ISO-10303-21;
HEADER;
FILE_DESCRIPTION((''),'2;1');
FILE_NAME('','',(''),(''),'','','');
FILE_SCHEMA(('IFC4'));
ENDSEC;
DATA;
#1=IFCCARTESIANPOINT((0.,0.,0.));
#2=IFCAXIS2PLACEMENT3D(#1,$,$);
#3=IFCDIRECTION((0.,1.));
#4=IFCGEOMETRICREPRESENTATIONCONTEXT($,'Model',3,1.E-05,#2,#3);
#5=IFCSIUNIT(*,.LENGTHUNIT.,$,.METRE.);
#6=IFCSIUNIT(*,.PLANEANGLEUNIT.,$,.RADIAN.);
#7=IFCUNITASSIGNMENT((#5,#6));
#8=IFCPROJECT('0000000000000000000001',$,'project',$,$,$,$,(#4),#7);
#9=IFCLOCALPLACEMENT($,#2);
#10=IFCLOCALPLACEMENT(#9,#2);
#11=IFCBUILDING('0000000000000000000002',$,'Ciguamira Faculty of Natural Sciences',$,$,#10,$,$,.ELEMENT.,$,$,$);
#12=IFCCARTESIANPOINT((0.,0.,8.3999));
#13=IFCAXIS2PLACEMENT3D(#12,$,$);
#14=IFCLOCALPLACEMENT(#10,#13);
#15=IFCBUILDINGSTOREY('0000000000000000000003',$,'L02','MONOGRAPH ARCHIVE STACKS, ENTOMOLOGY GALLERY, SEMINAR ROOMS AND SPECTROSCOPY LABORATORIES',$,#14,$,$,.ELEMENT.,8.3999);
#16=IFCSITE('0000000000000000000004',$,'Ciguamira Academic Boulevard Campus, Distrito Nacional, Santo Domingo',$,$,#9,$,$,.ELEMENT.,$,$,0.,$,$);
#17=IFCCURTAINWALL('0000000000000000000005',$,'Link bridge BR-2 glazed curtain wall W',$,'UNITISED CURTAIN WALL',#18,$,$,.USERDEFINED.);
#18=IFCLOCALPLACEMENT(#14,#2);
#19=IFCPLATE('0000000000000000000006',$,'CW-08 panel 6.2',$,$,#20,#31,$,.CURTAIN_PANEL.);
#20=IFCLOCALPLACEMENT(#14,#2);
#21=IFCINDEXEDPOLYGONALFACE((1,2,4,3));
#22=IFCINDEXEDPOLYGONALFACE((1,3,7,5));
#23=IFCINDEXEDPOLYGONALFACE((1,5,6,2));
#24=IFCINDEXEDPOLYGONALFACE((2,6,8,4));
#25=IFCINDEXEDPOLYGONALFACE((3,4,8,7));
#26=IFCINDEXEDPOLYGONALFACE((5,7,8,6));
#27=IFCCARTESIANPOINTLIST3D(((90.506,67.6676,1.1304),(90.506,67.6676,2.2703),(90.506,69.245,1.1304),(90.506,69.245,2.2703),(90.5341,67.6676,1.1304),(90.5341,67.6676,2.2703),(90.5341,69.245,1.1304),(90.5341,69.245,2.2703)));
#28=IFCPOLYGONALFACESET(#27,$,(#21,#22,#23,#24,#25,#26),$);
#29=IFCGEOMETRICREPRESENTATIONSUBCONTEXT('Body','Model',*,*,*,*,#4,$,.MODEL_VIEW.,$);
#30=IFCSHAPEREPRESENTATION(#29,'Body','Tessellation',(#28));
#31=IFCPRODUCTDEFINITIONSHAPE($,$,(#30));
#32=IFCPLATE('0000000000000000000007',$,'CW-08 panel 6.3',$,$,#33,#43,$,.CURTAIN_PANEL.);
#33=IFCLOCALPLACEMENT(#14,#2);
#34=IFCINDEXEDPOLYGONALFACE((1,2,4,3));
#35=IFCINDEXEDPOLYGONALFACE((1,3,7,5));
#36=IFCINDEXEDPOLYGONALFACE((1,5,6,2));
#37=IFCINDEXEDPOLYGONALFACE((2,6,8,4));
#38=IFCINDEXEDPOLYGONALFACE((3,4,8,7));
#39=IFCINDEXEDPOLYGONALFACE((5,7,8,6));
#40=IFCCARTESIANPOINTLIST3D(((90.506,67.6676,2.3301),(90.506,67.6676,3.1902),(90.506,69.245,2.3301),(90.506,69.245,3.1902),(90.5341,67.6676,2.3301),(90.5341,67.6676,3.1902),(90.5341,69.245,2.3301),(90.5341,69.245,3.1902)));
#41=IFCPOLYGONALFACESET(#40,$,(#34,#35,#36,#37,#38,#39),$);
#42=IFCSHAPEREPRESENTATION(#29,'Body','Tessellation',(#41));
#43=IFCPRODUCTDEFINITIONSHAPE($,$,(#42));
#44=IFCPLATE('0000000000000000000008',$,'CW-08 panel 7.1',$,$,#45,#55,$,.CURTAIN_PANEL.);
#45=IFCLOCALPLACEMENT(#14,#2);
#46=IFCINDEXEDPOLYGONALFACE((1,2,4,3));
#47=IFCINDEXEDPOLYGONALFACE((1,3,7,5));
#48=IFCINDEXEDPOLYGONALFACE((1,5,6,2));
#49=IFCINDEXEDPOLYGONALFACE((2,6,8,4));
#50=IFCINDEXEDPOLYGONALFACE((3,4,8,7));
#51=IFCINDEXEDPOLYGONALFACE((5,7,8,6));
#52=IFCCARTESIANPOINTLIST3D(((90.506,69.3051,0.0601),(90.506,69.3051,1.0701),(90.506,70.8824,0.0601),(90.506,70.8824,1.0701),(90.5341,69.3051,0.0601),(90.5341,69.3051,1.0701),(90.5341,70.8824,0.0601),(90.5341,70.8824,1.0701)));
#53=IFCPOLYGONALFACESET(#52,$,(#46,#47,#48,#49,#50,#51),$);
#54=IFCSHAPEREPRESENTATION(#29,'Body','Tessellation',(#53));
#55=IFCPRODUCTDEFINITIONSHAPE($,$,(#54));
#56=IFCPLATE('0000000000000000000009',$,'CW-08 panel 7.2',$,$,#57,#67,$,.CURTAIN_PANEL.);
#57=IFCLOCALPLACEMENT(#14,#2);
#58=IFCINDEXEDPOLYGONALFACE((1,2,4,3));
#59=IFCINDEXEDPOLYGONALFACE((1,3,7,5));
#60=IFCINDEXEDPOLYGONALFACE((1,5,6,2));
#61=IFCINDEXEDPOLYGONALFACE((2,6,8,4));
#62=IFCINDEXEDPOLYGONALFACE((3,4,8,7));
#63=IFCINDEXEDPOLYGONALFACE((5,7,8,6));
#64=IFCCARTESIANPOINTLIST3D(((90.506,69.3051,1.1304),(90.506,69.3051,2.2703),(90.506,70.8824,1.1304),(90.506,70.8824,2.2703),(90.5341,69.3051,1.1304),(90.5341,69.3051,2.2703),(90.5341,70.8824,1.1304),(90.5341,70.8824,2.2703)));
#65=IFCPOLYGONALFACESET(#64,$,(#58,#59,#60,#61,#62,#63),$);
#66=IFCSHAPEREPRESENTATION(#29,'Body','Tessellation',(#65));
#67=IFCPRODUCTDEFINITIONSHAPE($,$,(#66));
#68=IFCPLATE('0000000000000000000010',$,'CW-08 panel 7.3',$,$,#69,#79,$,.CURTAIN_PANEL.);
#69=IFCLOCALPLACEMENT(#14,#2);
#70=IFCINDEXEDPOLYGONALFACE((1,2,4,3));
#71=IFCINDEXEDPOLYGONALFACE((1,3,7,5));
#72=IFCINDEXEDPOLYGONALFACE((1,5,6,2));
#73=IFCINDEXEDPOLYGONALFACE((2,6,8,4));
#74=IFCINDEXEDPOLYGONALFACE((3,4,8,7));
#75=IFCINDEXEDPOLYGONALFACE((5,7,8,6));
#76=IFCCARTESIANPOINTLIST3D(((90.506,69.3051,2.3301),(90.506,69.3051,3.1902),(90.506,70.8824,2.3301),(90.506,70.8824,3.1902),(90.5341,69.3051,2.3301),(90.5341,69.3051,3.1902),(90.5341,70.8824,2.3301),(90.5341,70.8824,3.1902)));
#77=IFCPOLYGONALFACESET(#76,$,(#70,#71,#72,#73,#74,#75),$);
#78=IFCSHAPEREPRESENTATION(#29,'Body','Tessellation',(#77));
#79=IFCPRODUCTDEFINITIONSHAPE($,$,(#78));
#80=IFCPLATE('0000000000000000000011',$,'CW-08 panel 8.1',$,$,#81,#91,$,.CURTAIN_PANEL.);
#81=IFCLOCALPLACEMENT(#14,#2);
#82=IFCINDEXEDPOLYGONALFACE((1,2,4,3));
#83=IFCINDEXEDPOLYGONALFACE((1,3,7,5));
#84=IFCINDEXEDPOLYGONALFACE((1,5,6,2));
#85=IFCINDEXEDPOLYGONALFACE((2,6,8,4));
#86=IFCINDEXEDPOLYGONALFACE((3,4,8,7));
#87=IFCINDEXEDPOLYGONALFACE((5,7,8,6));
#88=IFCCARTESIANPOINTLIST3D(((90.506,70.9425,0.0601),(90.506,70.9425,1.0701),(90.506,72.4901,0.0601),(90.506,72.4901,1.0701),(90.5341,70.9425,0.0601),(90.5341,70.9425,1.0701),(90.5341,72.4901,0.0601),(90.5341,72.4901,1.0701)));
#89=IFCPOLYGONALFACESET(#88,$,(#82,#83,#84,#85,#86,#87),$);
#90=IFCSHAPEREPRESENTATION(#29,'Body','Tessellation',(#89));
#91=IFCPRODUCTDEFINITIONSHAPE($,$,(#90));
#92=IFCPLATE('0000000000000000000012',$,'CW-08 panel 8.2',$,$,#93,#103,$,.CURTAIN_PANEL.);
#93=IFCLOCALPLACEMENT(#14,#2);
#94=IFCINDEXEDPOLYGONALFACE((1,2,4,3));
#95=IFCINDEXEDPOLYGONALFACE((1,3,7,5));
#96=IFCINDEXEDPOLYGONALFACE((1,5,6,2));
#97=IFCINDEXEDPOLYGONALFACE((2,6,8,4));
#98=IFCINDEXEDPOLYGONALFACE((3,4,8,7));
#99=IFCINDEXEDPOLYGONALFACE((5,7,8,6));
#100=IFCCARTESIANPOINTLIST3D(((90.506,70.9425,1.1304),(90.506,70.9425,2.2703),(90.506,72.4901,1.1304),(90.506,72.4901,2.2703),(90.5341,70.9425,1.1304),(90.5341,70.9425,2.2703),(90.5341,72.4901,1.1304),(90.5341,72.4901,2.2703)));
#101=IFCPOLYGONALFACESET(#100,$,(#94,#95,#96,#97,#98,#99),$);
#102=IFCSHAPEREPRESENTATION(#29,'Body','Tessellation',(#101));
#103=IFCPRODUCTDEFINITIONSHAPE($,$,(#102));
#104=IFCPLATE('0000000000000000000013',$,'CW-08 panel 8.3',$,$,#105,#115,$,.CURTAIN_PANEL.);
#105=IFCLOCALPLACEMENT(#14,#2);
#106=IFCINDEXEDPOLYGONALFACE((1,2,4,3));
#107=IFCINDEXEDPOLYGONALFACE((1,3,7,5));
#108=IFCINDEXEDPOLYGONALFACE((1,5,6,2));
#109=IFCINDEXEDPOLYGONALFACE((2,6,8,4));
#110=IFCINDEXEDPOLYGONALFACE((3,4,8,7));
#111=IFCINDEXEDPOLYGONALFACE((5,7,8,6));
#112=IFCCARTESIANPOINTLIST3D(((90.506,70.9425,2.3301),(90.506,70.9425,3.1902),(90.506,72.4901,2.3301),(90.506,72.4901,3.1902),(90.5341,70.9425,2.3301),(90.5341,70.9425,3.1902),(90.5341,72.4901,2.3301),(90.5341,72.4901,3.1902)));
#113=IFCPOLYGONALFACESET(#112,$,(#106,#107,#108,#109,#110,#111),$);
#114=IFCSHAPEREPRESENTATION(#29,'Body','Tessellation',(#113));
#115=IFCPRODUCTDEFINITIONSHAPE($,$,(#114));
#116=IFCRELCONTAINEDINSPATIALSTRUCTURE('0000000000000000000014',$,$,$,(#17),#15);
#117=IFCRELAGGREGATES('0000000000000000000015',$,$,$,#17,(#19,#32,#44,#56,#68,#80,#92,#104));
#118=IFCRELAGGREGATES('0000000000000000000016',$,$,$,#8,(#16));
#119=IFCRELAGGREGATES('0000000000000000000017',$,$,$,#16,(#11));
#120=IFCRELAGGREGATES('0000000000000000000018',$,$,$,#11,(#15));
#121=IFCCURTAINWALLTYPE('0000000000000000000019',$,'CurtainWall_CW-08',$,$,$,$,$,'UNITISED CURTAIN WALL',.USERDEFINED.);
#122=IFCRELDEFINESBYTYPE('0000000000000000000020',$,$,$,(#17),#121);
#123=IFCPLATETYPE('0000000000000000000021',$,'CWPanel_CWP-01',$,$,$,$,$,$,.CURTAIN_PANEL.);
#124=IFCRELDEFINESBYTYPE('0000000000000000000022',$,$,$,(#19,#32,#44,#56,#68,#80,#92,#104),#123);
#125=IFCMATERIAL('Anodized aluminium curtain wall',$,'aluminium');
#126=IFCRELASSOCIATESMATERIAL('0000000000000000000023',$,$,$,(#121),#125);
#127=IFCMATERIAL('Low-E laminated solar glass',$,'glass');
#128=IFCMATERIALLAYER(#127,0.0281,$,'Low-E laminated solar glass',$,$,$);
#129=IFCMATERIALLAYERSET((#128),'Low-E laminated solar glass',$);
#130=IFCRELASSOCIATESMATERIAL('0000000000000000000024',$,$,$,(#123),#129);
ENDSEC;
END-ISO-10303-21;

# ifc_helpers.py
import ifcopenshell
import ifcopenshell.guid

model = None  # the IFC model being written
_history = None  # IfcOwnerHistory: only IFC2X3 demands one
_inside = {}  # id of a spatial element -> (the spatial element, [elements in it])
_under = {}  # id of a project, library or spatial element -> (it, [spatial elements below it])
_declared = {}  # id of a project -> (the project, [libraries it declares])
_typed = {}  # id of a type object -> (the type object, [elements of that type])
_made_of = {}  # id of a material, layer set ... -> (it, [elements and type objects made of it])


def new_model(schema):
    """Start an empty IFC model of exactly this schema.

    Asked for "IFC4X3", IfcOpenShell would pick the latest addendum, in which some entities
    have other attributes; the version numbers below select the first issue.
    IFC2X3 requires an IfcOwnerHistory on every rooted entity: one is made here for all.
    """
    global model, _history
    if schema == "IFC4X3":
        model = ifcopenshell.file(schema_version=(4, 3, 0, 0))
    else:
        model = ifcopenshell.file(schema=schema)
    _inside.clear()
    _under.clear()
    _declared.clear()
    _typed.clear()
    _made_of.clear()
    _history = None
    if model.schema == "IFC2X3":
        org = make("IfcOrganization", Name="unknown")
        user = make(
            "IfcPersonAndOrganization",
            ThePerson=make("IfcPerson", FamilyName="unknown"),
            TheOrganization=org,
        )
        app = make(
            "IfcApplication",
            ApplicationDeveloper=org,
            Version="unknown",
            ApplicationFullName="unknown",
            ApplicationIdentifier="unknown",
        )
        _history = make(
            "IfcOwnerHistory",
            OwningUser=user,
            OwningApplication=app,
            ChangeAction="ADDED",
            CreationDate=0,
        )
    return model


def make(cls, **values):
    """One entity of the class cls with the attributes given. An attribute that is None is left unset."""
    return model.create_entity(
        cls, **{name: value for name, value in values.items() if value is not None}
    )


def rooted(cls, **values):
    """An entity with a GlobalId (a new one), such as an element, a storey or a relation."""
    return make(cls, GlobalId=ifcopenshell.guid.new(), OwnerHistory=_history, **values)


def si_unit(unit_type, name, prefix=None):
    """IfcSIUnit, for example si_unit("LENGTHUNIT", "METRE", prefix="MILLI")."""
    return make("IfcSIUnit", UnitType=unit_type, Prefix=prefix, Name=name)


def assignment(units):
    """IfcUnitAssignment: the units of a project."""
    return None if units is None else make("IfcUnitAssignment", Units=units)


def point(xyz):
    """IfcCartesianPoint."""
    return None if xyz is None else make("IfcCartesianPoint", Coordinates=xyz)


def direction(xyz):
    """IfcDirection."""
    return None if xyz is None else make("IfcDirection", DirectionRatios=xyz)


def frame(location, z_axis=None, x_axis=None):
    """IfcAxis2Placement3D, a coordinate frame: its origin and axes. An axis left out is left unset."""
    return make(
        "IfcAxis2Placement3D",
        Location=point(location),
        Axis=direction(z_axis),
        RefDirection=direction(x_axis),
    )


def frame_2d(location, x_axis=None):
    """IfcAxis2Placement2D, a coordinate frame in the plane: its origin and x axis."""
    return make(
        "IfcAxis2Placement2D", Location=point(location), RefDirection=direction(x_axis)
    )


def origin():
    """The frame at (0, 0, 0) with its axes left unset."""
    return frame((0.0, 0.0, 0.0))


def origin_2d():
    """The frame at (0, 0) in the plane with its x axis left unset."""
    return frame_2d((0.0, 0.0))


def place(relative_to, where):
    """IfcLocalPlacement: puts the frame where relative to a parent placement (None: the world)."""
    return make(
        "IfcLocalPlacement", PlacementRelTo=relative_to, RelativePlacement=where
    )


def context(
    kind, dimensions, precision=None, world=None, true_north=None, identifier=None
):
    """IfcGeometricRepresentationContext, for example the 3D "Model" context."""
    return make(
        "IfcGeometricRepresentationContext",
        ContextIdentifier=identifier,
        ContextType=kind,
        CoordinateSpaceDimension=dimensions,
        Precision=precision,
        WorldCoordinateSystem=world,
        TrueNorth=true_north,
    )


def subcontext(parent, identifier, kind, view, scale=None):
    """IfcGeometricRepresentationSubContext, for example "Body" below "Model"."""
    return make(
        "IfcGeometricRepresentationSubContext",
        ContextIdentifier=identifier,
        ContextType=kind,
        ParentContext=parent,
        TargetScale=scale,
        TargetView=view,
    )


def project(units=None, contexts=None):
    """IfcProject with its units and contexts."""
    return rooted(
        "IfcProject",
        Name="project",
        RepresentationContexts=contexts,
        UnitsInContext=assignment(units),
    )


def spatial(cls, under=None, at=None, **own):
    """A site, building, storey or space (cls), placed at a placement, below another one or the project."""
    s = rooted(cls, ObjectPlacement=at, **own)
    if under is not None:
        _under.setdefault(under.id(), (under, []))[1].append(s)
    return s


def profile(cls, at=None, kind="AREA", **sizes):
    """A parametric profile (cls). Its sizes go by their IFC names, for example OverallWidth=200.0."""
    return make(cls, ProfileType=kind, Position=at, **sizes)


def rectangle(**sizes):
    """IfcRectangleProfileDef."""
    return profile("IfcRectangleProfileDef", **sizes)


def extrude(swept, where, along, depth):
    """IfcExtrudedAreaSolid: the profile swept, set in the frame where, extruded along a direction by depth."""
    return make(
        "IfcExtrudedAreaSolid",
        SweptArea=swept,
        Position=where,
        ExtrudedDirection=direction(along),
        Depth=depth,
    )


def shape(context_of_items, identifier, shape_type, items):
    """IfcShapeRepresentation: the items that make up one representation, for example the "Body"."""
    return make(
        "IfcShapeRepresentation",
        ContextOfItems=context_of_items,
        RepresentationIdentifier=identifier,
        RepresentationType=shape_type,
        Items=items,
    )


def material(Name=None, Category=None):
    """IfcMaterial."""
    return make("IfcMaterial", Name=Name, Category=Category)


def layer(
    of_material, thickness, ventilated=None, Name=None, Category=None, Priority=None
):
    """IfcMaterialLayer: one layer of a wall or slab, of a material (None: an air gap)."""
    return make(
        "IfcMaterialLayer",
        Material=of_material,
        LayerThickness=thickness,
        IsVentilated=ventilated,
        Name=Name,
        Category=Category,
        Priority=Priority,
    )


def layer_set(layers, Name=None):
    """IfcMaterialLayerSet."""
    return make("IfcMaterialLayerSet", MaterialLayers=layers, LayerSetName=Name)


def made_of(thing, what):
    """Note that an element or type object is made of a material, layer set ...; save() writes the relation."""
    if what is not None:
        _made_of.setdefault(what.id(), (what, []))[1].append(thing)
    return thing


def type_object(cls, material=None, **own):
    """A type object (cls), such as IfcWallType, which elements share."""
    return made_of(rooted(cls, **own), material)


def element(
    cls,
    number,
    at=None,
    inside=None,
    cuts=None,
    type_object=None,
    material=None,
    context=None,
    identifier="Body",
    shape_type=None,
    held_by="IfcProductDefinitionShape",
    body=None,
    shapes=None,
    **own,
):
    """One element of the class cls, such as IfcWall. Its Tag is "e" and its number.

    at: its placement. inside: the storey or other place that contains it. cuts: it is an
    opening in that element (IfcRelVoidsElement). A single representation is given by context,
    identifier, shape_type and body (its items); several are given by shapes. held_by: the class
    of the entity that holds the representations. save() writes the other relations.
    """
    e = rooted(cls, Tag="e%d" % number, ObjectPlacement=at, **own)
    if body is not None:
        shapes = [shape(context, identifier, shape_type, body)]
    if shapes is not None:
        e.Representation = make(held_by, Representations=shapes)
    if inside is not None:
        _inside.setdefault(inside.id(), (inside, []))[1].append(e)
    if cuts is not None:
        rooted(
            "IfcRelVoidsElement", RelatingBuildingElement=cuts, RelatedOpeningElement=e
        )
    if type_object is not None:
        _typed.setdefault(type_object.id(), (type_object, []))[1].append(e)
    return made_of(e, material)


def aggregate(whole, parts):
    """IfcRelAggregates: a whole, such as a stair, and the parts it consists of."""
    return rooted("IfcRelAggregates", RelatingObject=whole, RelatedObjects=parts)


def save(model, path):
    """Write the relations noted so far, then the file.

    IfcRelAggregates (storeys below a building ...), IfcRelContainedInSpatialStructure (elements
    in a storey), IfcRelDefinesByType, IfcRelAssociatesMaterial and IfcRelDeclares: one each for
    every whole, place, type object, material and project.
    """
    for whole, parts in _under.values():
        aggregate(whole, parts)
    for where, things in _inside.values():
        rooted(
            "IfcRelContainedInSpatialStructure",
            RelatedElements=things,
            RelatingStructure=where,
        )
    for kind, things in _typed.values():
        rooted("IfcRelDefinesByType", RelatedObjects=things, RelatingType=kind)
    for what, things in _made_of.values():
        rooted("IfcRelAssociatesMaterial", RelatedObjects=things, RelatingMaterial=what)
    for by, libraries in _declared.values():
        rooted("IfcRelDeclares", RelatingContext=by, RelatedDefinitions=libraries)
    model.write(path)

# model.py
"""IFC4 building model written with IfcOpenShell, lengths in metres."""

from ifc_helpers import new_model, si_unit, direction, frame, origin, origin_2d, place, context, subcontext, project, spatial, rectangle, extrude, material, layer, layer_set, type_object, element, aggregate, save


model = new_model("IFC4")

# Units and contexts
model_context = context("Model", 3, precision=1e-05, world=origin(), true_north=direction((0.0, 1.0)))
body_context = subcontext(model_context, "Body", "Model", "MODEL_VIEW")
ifc_project = project(units=[si_unit("LENGTHUNIT", "METRE"), si_unit("PLANEANGLEUNIT", "RADIAN")], contexts=[model_context])

# Site, building, storey
site_placement = place(None, origin())
site = spatial("IfcSite", under=ifc_project, at=site_placement, Name="Ciguamira Academic Boulevard Campus, Distrito Nacional, Santo Domingo", CompositionType="ELEMENT", RefElevation=0.0)
building_placement = place(site_placement, origin())
building = spatial("IfcBuilding", under=site, at=building_placement, Name="Ciguamira Faculty of Natural Sciences", CompositionType="ELEMENT")
storey_placement = place(building_placement, frame((0.0, 0.0, 8.3999)))
storey = spatial("IfcBuildingStorey", under=building, at=storey_placement, Name="L02", Description="MONOGRAPH ARCHIVE STACKS, ENTOMOLOGY GALLERY, SEMINAR ROOMS AND SPECTROSCOPY LABORATORIES", CompositionType="ELEMENT", Elevation=8.3999)

# Curtain wall
ifc_material_1 = material(Name="Anodized aluminium curtain wall", Category="aluminium")
curtain_wall_type = type_object("IfcCurtainWallType", Name="CurtainWall_CW-08", ElementType="UNITISED CURTAIN WALL", PredefinedType="USERDEFINED", material=ifc_material_1)
curtain_wall_placement = place(storey_placement, origin())
curtain_wall = element("IfcCurtainWall", 1, at=curtain_wall_placement, inside=storey, type_object=curtain_wall_type, Name="Link bridge BR-2 glazed curtain wall W", ObjectType="UNITISED CURTAIN WALL", PredefinedType="USERDEFINED")

# Plates
ifc_material_2 = material(Name="Low-E laminated solar glass", Category="glass")
ifc_layer_1 = layer(ifc_material_2, 0.0281, Name="Low-E laminated solar glass")
ifc_layer_set_1 = layer_set([ifc_layer_1], Name="Low-E laminated solar glass")
plate_type = type_object("IfcPlateType", Name="CWPanel_CWP-01", PredefinedType="CURTAIN_PANEL", material=ifc_layer_set_1)
plate_1_placement = place(storey_placement, frame((90.52, 68.4563, 1.1304), z_axis=(0.0, 0.0, 1.0), x_axis=(0.0, 1.0, 0.0)))
plate_1 = element("IfcPlate", 2, at=plate_1_placement, type_object=plate_type, Name="CW-08 panel 6.2", PredefinedType="CURTAIN_PANEL", context=body_context, shape_type="SweptSolid", body=[
    extrude(rectangle(XDim=1.5774, YDim=0.0281, at=origin_2d()), origin(), (0.0, 0.0, 1.0), 1.1399),
])
plate_2_placement = place(storey_placement, frame((90.52, 68.4563, 2.3301), z_axis=(0.0, 0.0, 1.0), x_axis=(0.0, 1.0, 0.0)))
plate_2 = element("IfcPlate", 3, at=plate_2_placement, type_object=plate_type, Name="CW-08 panel 6.3", PredefinedType="CURTAIN_PANEL", context=body_context, shape_type="SweptSolid", body=[
    extrude(rectangle(XDim=1.5774, YDim=0.0281, at=origin_2d()), origin(), (0.0, 0.0, 1.0), 0.8601),
])
plate_3_placement = place(storey_placement, frame((90.52, 70.0938, 0.0601), z_axis=(0.0, 0.0, 1.0), x_axis=(0.0, 1.0, 0.0)))
plate_3 = element("IfcPlate", 4, at=plate_3_placement, type_object=plate_type, Name="CW-08 panel 7.1", PredefinedType="CURTAIN_PANEL", context=body_context, shape_type="SweptSolid", body=[
    extrude(rectangle(XDim=1.5774, YDim=0.0281, at=origin_2d()), origin(), (0.0, 0.0, 1.0), 1.01),
])
plate_4_placement = place(storey_placement, frame((90.52, 70.0938, 1.1304), z_axis=(0.0, 0.0, 1.0), x_axis=(0.0, 1.0, 0.0)))
plate_4 = element("IfcPlate", 5, at=plate_4_placement, type_object=plate_type, Name="CW-08 panel 7.2", PredefinedType="CURTAIN_PANEL", context=body_context, shape_type="SweptSolid", body=[
    extrude(rectangle(XDim=1.5774, YDim=0.0281, at=origin_2d()), origin(), (0.0, 0.0, 1.0), 1.1399),
])
plate_5_placement = place(storey_placement, frame((90.52, 70.0938, 2.3301), z_axis=(0.0, 0.0, 1.0), x_axis=(0.0, 1.0, 0.0)))
plate_5 = element("IfcPlate", 6, at=plate_5_placement, type_object=plate_type, Name="CW-08 panel 7.3", PredefinedType="CURTAIN_PANEL", context=body_context, shape_type="SweptSolid", body=[
    extrude(rectangle(XDim=1.5774, YDim=0.0281, at=origin_2d()), origin(), (0.0, 0.0, 1.0), 0.8601),
])
plate_6_placement = place(storey_placement, frame((90.52, 71.7163, 0.0601), z_axis=(0.0, 0.0, 1.0), x_axis=(0.0, 1.0, 0.0)))
plate_6 = element("IfcPlate", 7, at=plate_6_placement, type_object=plate_type, Name="CW-08 panel 8.1", PredefinedType="CURTAIN_PANEL", context=body_context, shape_type="SweptSolid", body=[
    extrude(rectangle(XDim=1.5476, YDim=0.0281, at=origin_2d()), origin(), (0.0, 0.0, 1.0), 1.01),
])
plate_7_placement = place(storey_placement, frame((90.52, 71.7163, 1.1304), z_axis=(0.0, 0.0, 1.0), x_axis=(0.0, 1.0, 0.0)))
plate_7 = element("IfcPlate", 8, at=plate_7_placement, type_object=plate_type, Name="CW-08 panel 8.2", PredefinedType="CURTAIN_PANEL", context=body_context, shape_type="SweptSolid", body=[
    extrude(rectangle(XDim=1.5476, YDim=0.0281, at=origin_2d()), origin(), (0.0, 0.0, 1.0), 1.1399),
])
plate_8_placement = place(storey_placement, frame((90.52, 71.7163, 2.3301), z_axis=(0.0, 0.0, 1.0), x_axis=(0.0, 1.0, 0.0)))
plate_8 = element("IfcPlate", 9, at=plate_8_placement, type_object=plate_type, Name="CW-08 panel 8.3", PredefinedType="CURTAIN_PANEL", context=body_context, shape_type="SweptSolid", body=[
    extrude(rectangle(XDim=1.5476, YDim=0.0281, at=origin_2d()), origin(), (0.0, 0.0, 1.0), 0.8601),
])
aggregate(curtain_wall, [plate_1, plate_2, plate_3, plate_4, plate_5, plate_6, plate_7, plate_8])

save(model, "model.ifc")
